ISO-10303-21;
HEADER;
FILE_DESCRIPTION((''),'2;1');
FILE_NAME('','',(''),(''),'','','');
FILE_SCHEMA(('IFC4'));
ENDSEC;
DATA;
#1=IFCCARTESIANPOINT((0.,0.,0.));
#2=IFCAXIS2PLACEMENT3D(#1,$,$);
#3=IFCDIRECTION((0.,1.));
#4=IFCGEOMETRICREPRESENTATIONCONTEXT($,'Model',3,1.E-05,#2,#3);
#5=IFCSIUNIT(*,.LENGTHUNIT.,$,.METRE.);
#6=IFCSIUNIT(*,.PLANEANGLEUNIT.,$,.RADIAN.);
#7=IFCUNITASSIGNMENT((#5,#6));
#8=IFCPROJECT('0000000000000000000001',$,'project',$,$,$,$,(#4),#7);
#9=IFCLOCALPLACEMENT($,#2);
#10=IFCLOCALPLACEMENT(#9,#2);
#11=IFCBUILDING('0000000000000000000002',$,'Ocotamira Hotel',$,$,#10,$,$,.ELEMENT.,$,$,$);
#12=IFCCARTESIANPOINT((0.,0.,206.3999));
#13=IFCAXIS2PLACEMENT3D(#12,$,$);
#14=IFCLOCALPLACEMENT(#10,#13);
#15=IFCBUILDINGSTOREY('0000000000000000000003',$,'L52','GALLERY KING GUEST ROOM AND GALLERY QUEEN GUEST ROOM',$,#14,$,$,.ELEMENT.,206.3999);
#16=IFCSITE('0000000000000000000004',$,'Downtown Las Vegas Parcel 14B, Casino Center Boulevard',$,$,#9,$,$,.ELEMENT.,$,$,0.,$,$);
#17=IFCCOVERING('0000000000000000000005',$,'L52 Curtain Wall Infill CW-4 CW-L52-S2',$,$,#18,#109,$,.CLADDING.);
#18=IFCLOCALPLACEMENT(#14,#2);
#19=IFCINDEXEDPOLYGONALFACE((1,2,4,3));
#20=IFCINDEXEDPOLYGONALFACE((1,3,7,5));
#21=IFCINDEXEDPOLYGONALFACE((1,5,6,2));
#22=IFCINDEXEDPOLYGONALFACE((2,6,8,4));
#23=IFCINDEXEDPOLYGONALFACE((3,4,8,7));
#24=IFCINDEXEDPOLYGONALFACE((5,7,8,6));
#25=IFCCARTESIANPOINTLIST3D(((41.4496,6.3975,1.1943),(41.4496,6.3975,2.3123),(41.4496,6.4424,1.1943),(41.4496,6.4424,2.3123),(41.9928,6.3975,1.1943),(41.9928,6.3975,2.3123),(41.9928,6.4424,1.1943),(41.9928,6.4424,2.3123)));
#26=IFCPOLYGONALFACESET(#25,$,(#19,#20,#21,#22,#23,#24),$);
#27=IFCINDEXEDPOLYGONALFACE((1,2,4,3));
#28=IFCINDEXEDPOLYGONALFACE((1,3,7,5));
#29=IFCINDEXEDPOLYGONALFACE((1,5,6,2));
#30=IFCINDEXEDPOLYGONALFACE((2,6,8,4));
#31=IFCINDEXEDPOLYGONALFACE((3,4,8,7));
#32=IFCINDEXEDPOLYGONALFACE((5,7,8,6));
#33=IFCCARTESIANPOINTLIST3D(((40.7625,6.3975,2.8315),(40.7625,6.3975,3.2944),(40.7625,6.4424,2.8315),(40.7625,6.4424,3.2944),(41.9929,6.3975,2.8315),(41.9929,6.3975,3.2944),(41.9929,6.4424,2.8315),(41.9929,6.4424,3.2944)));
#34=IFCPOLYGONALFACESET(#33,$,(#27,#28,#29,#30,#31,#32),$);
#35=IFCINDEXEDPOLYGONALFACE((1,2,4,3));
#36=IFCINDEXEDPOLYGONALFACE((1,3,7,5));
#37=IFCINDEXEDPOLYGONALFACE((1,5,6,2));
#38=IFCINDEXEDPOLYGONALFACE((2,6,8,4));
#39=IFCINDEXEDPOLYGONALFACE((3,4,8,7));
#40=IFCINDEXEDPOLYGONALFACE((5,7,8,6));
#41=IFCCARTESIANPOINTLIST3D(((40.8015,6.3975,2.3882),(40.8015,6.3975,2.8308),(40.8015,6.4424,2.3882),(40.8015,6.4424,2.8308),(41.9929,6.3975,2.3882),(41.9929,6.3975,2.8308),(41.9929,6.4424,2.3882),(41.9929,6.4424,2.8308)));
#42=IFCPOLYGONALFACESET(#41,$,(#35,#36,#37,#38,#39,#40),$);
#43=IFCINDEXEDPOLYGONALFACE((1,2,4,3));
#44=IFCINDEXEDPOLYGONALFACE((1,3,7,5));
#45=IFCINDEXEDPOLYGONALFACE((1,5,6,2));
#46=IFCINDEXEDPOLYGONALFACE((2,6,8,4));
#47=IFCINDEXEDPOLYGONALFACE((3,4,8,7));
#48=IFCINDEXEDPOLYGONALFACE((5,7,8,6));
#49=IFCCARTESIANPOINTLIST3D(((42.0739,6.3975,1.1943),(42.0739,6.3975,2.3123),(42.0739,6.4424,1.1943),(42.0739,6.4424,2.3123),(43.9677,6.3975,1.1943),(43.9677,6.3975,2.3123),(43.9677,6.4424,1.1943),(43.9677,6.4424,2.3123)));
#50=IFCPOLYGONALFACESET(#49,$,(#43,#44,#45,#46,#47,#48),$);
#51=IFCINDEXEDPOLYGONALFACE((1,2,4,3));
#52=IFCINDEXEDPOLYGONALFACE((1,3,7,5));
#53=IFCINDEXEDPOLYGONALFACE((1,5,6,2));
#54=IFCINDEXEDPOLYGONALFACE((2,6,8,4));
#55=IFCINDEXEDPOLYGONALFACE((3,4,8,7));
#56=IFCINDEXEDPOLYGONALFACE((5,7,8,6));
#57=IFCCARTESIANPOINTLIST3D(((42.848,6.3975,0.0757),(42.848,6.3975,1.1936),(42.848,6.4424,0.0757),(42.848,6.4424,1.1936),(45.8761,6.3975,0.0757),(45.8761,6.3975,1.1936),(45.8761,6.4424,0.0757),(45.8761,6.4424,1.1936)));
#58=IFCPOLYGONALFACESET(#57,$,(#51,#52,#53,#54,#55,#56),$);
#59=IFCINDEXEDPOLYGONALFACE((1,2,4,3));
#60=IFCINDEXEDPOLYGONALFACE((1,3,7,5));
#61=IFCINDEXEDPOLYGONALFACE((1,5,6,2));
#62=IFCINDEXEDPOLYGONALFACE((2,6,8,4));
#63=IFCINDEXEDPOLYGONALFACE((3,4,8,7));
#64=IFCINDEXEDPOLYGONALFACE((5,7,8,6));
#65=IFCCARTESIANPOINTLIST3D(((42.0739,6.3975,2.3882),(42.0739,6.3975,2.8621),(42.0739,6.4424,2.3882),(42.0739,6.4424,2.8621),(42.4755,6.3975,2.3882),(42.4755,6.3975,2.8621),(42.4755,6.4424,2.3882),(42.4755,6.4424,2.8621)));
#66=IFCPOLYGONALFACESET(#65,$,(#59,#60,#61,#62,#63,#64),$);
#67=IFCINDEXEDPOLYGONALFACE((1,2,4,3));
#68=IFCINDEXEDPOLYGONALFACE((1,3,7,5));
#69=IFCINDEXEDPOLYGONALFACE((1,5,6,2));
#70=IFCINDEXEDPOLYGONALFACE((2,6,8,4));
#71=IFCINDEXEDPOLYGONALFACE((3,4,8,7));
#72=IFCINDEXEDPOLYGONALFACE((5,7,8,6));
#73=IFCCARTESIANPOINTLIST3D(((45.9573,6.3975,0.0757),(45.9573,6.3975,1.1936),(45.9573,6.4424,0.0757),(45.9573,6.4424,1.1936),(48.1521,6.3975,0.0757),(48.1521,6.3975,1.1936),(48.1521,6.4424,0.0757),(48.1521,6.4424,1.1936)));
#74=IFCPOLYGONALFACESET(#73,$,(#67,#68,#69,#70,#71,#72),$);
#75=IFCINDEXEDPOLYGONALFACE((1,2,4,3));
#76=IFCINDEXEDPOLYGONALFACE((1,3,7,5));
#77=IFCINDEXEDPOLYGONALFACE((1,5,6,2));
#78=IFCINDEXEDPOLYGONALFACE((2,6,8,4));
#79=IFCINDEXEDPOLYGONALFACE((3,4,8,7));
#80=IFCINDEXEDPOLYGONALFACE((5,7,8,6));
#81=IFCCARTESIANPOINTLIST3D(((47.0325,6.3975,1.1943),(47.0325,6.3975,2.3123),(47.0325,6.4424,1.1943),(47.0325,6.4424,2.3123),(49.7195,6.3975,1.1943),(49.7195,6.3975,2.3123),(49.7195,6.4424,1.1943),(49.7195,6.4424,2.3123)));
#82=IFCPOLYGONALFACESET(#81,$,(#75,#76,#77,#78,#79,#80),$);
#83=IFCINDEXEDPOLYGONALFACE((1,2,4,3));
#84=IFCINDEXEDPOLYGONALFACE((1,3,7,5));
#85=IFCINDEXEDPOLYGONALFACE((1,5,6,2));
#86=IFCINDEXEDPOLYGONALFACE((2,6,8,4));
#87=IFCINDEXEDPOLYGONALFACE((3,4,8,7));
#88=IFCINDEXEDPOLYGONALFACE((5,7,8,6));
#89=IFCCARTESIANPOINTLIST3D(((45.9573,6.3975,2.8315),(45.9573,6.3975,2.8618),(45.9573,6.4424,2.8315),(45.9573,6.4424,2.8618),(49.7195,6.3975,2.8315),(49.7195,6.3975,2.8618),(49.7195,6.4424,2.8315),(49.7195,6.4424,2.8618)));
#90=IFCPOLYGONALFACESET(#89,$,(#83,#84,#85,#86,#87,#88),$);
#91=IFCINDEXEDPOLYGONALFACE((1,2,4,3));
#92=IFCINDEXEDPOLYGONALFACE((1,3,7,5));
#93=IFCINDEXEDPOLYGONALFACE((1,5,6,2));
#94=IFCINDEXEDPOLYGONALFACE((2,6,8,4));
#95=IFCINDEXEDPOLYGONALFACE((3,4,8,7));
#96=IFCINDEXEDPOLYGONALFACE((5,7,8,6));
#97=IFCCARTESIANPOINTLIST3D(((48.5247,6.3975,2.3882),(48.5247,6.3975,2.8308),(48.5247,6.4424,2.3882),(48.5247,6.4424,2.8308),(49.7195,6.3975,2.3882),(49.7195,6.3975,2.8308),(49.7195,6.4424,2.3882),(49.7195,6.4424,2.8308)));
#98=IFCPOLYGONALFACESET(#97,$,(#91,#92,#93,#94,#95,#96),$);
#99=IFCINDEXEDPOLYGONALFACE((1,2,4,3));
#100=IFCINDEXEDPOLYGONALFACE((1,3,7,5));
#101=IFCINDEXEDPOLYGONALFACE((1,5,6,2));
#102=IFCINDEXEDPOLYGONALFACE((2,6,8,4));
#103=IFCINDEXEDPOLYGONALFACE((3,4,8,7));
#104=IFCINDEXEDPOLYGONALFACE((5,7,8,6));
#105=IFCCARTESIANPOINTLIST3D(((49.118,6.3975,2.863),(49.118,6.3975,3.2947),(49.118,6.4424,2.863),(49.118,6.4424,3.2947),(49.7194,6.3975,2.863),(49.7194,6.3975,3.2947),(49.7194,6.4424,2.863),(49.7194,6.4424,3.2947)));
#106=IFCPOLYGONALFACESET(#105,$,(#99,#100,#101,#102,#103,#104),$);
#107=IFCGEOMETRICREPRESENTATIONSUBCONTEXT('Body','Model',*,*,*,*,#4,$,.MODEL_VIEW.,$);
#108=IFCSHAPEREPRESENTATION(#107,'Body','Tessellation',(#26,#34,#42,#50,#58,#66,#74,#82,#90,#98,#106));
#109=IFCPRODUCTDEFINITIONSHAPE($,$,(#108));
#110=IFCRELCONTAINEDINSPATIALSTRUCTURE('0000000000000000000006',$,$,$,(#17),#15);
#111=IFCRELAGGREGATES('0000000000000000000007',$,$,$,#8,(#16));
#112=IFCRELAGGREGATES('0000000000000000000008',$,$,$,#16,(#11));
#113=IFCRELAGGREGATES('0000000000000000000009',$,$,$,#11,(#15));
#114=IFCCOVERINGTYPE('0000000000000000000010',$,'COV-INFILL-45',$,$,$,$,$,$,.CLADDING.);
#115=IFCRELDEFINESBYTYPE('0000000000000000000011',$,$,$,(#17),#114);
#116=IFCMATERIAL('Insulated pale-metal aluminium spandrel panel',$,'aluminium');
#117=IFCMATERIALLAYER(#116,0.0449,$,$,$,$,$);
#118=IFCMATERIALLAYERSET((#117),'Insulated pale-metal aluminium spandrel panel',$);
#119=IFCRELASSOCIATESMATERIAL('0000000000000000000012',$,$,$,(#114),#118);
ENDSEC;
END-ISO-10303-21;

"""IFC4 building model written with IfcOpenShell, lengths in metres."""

from ifc_helpers import new_model, si_unit, direction, frame, origin, origin_2d, place, context, subcontext, project, spatial, rectangle, extrude, material, layer, layer_set, type_object, element, save


model = new_model("IFC4")

# Units and contexts
model_context = context("Model", 3, precision=1e-05, world=origin(), true_north=direction((0.0, 1.0)))
body_context = subcontext(model_context, "Body", "Model", "MODEL_VIEW")
ifc_project = project(units=[si_unit("LENGTHUNIT", "METRE"), si_unit("PLANEANGLEUNIT", "RADIAN")], contexts=[model_context])

# Site, building, storey
site_placement = place(None, origin())
site = spatial("IfcSite", under=ifc_project, at=site_placement, Name="Downtown Las Vegas Parcel 14B, Casino Center Boulevard", CompositionType="ELEMENT", RefElevation=0.0)
building_placement = place(site_placement, origin())
building = spatial("IfcBuilding", under=site, at=building_placement, Name="Ocotamira Hotel", CompositionType="ELEMENT")
storey_placement = place(building_placement, frame((0.0, 0.0, 206.3999)))
storey = spatial("IfcBuildingStorey", under=building, at=storey_placement, Name="L52", Description="GALLERY KING GUEST ROOM AND GALLERY QUEEN GUEST ROOM", CompositionType="ELEMENT", Elevation=206.3999)

# Covering
ifc_material_1 = material(Name="Insulated pale-metal aluminium spandrel panel", Category="aluminium")
ifc_layer_1 = layer(ifc_material_1, 0.0449)
ifc_layer_set_1 = layer_set([ifc_layer_1], Name="Insulated pale-metal aluminium spandrel panel")
covering_type_1 = type_object("IfcCoveringType", Name="COV-INFILL-45", PredefinedType="CLADDING", material=ifc_layer_set_1)
covering_1_placement = place(storey_placement, origin())
element("IfcCovering", 1, at=covering_1_placement, inside=storey, type_object=covering_type_1, Name="L52 Curtain Wall Infill CW-4 CW-L52-S2", PredefinedType="CLADDING", context=body_context, shape_type="SweptSolid", body=[
    extrude(rectangle(XDim=0.5432, YDim=0.0449, at=origin_2d()), frame((41.7212, 6.4199, 1.1943), z_axis=(0.0, 0.0, 1.0), x_axis=(1.0, 0.0, 0.0)), (0.0, 0.0, 1.0), 1.1179),
    extrude(rectangle(XDim=1.2305, YDim=0.0449, at=origin_2d()), frame((41.3777, 6.4199, 2.8315), z_axis=(0.0, 0.0, 1.0), x_axis=(1.0, 0.0, 0.0)), (0.0, 0.0, 1.0), 0.4629),
    extrude(rectangle(XDim=1.1914, YDim=0.0449, at=origin_2d()), frame((41.3972, 6.4199, 2.3882), z_axis=(0.0, 0.0, 1.0), x_axis=(1.0, 0.0, 0.0)), (0.0, 0.0, 1.0), 0.4426),
    extrude(rectangle(XDim=1.8938, YDim=0.0449, at=origin_2d()), frame((43.0208, 6.4199, 1.1943), z_axis=(0.0, 0.0, 1.0), x_axis=(1.0, 0.0, 0.0)), (0.0, 0.0, 1.0), 1.1179),
    extrude(rectangle(XDim=3.0281, YDim=0.0449, at=origin_2d()), frame((44.3621, 6.4199, 0.0757), z_axis=(0.0, 0.0, 1.0), x_axis=(1.0, 0.0, 0.0)), (0.0, 0.0, 1.0), 1.1179),
    extrude(rectangle(XDim=0.4016, YDim=0.0449, at=origin_2d()), frame((42.2747, 6.4199, 2.3882), z_axis=(0.0, 0.0, 1.0), x_axis=(1.0, 0.0, 0.0)), (0.0, 0.0, 1.0), 0.4739),
    extrude(rectangle(XDim=2.1948, YDim=0.0449, at=origin_2d()), frame((47.0547, 6.4199, 0.0757), z_axis=(0.0, 0.0, 1.0), x_axis=(1.0, 0.0, 0.0)), (0.0, 0.0, 1.0), 1.1179),
    extrude(rectangle(XDim=2.687, YDim=0.0449, at=origin_2d()), frame((48.376, 6.4199, 1.1943), z_axis=(0.0, 0.0, 1.0), x_axis=(1.0, 0.0, 0.0)), (0.0, 0.0, 1.0), 1.1179),
    extrude(rectangle(XDim=3.7622, YDim=0.0449, at=origin_2d()), frame((47.8384, 6.4199, 2.8315), z_axis=(0.0, 0.0, 1.0), x_axis=(1.0, 0.0, 0.0)), (0.0, 0.0, 1.0), 0.0303),
    extrude(rectangle(XDim=1.1948, YDim=0.0449, at=origin_2d()), frame((49.1221, 6.4199, 2.3882), z_axis=(0.0, 0.0, 1.0), x_axis=(1.0, 0.0, 0.0)), (0.0, 0.0, 1.0), 0.4426),
    extrude(rectangle(XDim=0.6013, YDim=0.0449, at=origin_2d()), frame((49.4187, 6.4199, 2.863), z_axis=(0.0, 0.0, 1.0), x_axis=(1.0, 0.0, 0.0)), (0.0, 0.0, 1.0), 0.4316),
])

save(model, "model.ifc")
